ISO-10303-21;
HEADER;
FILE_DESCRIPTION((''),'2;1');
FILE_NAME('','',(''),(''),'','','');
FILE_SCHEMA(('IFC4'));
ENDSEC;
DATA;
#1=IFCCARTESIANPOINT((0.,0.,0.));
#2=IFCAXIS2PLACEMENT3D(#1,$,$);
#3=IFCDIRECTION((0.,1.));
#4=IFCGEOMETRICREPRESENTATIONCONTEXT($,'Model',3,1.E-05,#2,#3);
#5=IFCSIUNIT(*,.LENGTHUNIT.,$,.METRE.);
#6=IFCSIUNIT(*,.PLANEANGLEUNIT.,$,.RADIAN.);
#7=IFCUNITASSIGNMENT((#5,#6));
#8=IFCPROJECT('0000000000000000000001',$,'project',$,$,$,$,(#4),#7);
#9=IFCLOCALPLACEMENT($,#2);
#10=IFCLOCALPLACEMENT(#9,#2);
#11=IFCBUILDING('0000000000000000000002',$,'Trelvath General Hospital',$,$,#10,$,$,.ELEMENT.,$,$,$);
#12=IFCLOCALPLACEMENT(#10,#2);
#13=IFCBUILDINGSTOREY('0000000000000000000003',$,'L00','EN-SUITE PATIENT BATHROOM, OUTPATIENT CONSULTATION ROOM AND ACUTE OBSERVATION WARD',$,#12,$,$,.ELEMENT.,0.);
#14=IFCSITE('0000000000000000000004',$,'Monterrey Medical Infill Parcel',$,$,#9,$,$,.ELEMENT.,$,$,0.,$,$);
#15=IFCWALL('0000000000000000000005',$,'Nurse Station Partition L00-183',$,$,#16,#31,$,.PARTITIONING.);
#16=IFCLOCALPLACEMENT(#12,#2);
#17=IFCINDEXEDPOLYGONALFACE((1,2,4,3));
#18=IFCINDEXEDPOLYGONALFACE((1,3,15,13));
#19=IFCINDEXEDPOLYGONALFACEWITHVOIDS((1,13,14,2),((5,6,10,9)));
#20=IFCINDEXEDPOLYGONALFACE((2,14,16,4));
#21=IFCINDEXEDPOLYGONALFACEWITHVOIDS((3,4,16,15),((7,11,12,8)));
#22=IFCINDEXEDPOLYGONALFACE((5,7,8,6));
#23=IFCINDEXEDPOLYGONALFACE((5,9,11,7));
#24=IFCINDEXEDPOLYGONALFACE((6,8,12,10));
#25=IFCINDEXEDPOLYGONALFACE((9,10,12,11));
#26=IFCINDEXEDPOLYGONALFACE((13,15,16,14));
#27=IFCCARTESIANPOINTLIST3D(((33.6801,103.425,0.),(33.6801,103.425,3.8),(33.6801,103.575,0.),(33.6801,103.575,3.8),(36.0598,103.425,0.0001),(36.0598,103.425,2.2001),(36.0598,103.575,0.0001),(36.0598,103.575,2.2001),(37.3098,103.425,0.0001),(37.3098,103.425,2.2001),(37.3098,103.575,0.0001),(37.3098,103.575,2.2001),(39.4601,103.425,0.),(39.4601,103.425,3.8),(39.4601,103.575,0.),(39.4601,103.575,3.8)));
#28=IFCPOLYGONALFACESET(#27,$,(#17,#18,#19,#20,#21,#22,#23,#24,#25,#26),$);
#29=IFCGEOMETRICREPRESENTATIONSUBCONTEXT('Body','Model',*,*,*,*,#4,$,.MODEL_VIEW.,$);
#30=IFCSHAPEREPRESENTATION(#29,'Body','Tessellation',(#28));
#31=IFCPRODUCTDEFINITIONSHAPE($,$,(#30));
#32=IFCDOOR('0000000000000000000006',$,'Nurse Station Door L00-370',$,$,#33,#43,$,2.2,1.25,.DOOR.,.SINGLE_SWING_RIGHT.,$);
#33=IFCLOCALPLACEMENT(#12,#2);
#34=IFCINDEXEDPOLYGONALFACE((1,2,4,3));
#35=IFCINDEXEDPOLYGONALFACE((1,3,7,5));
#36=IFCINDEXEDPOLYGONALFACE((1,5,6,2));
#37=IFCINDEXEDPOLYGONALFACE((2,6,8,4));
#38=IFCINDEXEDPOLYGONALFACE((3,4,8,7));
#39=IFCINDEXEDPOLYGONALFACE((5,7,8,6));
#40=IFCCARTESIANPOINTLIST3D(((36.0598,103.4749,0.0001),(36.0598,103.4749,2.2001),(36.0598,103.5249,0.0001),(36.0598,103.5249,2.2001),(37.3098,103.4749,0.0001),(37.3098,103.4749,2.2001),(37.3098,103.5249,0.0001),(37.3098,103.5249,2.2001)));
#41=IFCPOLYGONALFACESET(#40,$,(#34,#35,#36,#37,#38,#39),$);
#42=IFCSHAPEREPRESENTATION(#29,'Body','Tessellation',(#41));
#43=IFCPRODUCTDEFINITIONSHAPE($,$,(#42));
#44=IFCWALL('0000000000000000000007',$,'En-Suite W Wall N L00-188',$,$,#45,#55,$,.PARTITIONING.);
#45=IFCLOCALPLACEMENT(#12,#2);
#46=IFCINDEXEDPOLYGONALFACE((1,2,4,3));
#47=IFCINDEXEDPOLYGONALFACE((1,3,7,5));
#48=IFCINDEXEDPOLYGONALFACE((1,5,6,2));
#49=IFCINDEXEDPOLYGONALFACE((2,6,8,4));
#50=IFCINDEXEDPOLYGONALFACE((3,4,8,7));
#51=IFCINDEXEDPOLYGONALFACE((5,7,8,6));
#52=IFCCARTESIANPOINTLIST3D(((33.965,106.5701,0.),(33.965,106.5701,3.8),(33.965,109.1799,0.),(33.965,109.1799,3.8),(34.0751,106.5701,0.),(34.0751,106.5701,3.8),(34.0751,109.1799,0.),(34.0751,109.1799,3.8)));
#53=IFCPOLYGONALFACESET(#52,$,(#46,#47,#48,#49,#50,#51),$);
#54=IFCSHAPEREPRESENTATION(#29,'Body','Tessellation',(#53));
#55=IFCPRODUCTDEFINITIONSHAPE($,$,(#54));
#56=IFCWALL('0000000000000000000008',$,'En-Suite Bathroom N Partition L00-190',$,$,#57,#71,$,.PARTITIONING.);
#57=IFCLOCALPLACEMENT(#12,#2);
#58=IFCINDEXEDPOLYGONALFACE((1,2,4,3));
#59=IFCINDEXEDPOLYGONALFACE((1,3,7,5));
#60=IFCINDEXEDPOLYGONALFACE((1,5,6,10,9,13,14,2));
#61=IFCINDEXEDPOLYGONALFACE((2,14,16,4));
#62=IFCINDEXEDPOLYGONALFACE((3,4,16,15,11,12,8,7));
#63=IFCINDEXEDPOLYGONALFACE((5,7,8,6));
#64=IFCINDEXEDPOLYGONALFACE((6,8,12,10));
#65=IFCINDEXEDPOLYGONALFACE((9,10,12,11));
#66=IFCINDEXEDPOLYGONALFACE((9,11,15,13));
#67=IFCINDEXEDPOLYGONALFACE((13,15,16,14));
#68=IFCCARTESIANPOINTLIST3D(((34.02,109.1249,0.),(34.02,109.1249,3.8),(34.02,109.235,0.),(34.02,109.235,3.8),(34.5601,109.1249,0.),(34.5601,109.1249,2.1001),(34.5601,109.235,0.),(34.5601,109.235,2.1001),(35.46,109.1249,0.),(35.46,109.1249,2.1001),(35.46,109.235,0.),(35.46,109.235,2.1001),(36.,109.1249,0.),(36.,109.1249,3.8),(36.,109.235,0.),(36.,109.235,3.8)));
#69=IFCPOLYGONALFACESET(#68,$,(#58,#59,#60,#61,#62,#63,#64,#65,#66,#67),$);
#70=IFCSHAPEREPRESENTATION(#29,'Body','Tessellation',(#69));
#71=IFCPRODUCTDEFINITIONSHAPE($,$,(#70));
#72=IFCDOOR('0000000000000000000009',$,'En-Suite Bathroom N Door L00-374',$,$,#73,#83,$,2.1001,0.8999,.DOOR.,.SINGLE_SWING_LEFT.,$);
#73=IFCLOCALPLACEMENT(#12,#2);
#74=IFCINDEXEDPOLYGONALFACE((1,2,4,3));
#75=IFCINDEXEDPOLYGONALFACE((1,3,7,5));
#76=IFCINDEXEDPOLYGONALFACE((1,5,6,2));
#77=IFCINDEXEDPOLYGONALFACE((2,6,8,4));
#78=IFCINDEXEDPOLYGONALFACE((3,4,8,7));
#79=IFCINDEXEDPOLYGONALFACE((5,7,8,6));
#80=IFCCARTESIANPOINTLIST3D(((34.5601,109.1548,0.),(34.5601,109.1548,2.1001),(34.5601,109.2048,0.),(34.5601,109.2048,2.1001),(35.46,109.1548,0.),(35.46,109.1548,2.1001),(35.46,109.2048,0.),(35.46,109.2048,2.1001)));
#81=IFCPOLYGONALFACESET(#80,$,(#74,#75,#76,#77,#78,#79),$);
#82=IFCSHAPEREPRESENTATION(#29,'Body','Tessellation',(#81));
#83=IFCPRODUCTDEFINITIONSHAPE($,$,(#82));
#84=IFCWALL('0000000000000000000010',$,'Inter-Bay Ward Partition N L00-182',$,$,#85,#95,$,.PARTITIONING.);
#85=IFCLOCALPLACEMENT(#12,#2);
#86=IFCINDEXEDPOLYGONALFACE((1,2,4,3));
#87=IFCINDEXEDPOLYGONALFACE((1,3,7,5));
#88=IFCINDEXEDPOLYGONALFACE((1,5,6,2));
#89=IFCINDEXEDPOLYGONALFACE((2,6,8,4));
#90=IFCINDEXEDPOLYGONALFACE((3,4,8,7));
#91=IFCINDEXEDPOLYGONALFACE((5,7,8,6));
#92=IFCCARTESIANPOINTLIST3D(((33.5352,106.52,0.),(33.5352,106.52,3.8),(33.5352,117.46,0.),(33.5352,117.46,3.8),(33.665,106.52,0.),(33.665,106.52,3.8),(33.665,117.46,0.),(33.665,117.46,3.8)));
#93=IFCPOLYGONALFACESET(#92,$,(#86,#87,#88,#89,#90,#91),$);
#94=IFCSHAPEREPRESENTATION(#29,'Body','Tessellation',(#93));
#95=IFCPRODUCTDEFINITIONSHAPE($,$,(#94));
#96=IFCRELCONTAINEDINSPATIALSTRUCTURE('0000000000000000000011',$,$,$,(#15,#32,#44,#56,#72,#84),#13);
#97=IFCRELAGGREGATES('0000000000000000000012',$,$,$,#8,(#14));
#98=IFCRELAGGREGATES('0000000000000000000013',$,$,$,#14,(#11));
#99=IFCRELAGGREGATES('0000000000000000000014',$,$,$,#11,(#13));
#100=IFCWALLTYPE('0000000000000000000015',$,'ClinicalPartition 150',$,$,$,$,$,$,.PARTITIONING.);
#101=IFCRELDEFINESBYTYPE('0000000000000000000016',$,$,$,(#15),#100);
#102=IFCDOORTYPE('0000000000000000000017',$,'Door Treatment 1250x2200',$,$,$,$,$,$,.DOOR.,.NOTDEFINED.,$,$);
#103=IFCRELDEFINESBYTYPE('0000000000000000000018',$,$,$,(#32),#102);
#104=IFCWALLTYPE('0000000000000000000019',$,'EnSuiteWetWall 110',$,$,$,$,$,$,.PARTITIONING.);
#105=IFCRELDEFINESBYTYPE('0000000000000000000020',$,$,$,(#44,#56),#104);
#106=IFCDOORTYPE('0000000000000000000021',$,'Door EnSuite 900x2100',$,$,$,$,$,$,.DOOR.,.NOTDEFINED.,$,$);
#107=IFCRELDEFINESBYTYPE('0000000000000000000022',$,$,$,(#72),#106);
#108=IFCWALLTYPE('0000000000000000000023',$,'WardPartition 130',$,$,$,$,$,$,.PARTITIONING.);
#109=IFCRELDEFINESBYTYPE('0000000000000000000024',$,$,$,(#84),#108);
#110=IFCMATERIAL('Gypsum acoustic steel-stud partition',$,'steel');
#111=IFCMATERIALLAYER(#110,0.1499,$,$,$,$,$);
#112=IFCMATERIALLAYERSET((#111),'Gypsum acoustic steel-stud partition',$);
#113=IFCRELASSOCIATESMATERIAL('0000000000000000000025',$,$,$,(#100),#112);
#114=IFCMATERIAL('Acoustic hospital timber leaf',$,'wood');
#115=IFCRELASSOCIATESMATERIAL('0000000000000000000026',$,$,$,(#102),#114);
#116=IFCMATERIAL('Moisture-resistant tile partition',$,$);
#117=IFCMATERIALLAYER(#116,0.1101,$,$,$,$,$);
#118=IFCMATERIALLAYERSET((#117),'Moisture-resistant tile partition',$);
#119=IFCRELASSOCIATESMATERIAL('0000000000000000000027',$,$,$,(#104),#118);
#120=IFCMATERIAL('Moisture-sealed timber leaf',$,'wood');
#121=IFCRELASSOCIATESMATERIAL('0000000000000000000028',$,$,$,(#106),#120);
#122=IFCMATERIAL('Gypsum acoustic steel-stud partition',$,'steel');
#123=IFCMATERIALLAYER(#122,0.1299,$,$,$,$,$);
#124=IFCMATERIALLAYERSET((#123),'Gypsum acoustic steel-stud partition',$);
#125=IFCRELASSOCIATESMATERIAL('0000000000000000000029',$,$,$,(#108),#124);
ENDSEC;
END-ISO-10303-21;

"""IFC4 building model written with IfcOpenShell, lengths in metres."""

from ifc_helpers import new_model, si_unit, direction, frame, frame_2d, origin, place, context, subcontext, project, spatial, rectangle, extrude, material, layer, layer_set, type_object, element, fill, save


model = new_model("IFC4")

# Units and contexts
model_context = context("Model", 3, precision=1e-05, world=origin(), true_north=direction((0.0, 1.0)))
body_context = subcontext(model_context, "Body", "Model", "MODEL_VIEW")
ifc_project = project(units=[si_unit("LENGTHUNIT", "METRE"), si_unit("PLANEANGLEUNIT", "RADIAN")], contexts=[model_context])

# Site, building, storey
site_placement = place(None, origin())
site = spatial("IfcSite", under=ifc_project, at=site_placement, Name="Monterrey Medical Infill Parcel", CompositionType="ELEMENT", RefElevation=0.0)
building_placement = place(site_placement, origin())
building = spatial("IfcBuilding", under=site, at=building_placement, Name="Trelvath General Hospital", CompositionType="ELEMENT")
storey_placement = place(building_placement, origin())
storey = spatial("IfcBuildingStorey", under=building, at=storey_placement, Name="L00", Description="EN-SUITE PATIENT BATHROOM, OUTPATIENT CONSULTATION ROOM AND ACUTE OBSERVATION WARD", CompositionType="ELEMENT", Elevation=0.0)

# Shared definitions
ifc_material_1 = material(Name="Gypsum acoustic steel-stud partition", Category="steel")
ifc_layer_1 = layer(ifc_material_1, 0.1499)
ifc_layer_set_1 = layer_set([ifc_layer_1], Name="Gypsum acoustic steel-stud partition")
wall_type_1 = type_object("IfcWallType", Name="ClinicalPartition 150", PredefinedType="PARTITIONING", material=ifc_layer_set_1)

# Wall, opening, door
wall_1_placement = place(storey_placement, frame((33.6799, 103.5, 0.0), z_axis=(0.0, 0.0, 1.0), x_axis=(1.0, 0.0, 0.0)))
wall_1 = element("IfcWall", 1, at=wall_1_placement, inside=storey, type_object=wall_type_1, Name="Nurse Station Partition L00-183", PredefinedType="PARTITIONING", context=body_context, shape_type="SweptSolid", body=[
    extrude(rectangle(XDim=5.78, YDim=0.1499, at=frame_2d((2.8901, 0.0))), origin(), (0.0, 0.0, 1.0), 3.8),
])
opening_1_placement = place(wall_1_placement, frame((2.3799, 0.0, 0.0)))
opening_1 = element("IfcOpeningElement", 2, at=opening_1_placement, cuts=wall_1, PredefinedType="OPENING", context=body_context, shape_type="SweptSolid", body=[
    extrude(rectangle(XDim=1.25, YDim=2.2, at=frame_2d((0.625, 1.1001))), frame((0.0, 0.085, 0.0), z_axis=(0.0, -1.0, 0.0), x_axis=(1.0, 0.0, 0.0)), (0.0, 0.0, 1.0), 0.1699),
])
ifc_material_2 = material(Name="Acoustic hospital timber leaf", Category="wood")
door_type_1 = type_object("IfcDoorType", Name="Door Treatment 1250x2200", OperationType="NOTDEFINED", PredefinedType="DOOR", material=ifc_material_2)
door_1_placement = place(opening_1_placement, origin())
door_1 = element("IfcDoor", 3, at=door_1_placement, inside=storey, type_object=door_type_1, Name="Nurse Station Door L00-370", OperationType="SINGLE_SWING_RIGHT", OverallHeight=2.2, OverallWidth=1.25, PredefinedType="DOOR", context=body_context, shape_type="SweptSolid", body=[
    extrude(rectangle(XDim=1.25, YDim=2.2, at=frame_2d((0.625, 1.1001))), frame((0.0, 0.0249, 0.0), z_axis=(0.0, -1.0, 0.0), x_axis=(1.0, 0.0, 0.0)), (0.0, 0.0, 1.0), 0.05),
])
fill(opening_1, door_1)

# Wall
ifc_material_3 = material(Name="Moisture-resistant tile partition")
ifc_layer_2 = layer(ifc_material_3, 0.1101)
ifc_layer_set_2 = layer_set([ifc_layer_2], Name="Moisture-resistant tile partition")
wall_type_2 = type_object("IfcWallType", Name="EnSuiteWetWall 110", PredefinedType="PARTITIONING", material=ifc_layer_set_2)
wall_2_placement = place(storey_placement, frame((34.02, 106.5701, 0.0), z_axis=(0.0, 0.0, 1.0), x_axis=(0.0, 1.0, 0.0)))
element("IfcWall", 4, at=wall_2_placement, inside=storey, type_object=wall_type_2, Name="En-Suite W Wall N L00-188", PredefinedType="PARTITIONING", context=body_context, shape_type="SweptSolid", body=[
    extrude(rectangle(XDim=2.6099, YDim=0.1101, at=frame_2d((1.3049, 0.0))), origin(), (0.0, 0.0, 1.0), 3.8),
])

# Wall, opening, door
wall_3_placement = place(storey_placement, frame((34.02, 109.1799, 0.0), z_axis=(0.0, 0.0, 1.0), x_axis=(1.0, 0.0, 0.0)))
wall_3 = element("IfcWall", 5, at=wall_3_placement, inside=storey, type_object=wall_type_2, Name="En-Suite Bathroom N Partition L00-190", PredefinedType="PARTITIONING", context=body_context, shape_type="SweptSolid", body=[
    extrude(rectangle(XDim=1.98, YDim=0.1101, at=frame_2d((0.99, 0.0))), origin(), (0.0, 0.0, 1.0), 3.8),
])
opening_2_placement = place(wall_3_placement, frame((0.54, 0.0, 0.0)))
opening_2 = element("IfcOpeningElement", 6, at=opening_2_placement, cuts=wall_3, PredefinedType="OPENING", context=body_context, shape_type="SweptSolid", body=[
    extrude(rectangle(XDim=0.8999, YDim=2.1001, at=frame_2d((0.45, 1.05))), frame((0.0, 0.0649, 0.0), z_axis=(0.0, -1.0, 0.0), x_axis=(1.0, 0.0, 0.0)), (0.0, 0.0, 1.0), 0.1301),
])
ifc_material_4 = material(Name="Moisture-sealed timber leaf", Category="wood")
door_type_2 = type_object("IfcDoorType", Name="Door EnSuite 900x2100", OperationType="NOTDEFINED", PredefinedType="DOOR", material=ifc_material_4)
door_2_placement = place(opening_2_placement, origin())
door_2 = element("IfcDoor", 7, at=door_2_placement, inside=storey, type_object=door_type_2, Name="En-Suite Bathroom N Door L00-374", OperationType="SINGLE_SWING_LEFT", OverallHeight=2.1001, OverallWidth=0.8999, PredefinedType="DOOR", context=body_context, shape_type="SweptSolid", body=[
    extrude(rectangle(XDim=0.8999, YDim=2.1001, at=frame_2d((0.45, 1.05))), frame((0.0, 0.0249, 0.0), z_axis=(0.0, -1.0, 0.0), x_axis=(1.0, 0.0, 0.0)), (0.0, 0.0, 1.0), 0.05),
])
fill(opening_2, door_2)

# Wall
ifc_material_5 = material(Name="Gypsum acoustic steel-stud partition", Category="steel")
ifc_layer_3 = layer(ifc_material_5, 0.1299)
ifc_layer_set_3 = layer_set([ifc_layer_3], Name="Gypsum acoustic steel-stud partition")
wall_type_3 = type_object("IfcWallType", Name="WardPartition 130", PredefinedType="PARTITIONING", material=ifc_layer_set_3)
wall_4_placement = place(storey_placement, frame((33.6001, 106.52, 0.0), z_axis=(0.0, 0.0, 1.0), x_axis=(0.0, 1.0, 0.0)))
element("IfcWall", 8, at=wall_4_placement, inside=storey, type_object=wall_type_3, Name="Inter-Bay Ward Partition N L00-182", PredefinedType="PARTITIONING", context=body_context, shape_type="SweptSolid", body=[
    extrude(rectangle(XDim=10.9399, YDim=0.1299, at=frame_2d((5.47, 0.0))), origin(), (0.0, 0.0, 1.0), 3.8),
])

save(model, "model.ifc")
